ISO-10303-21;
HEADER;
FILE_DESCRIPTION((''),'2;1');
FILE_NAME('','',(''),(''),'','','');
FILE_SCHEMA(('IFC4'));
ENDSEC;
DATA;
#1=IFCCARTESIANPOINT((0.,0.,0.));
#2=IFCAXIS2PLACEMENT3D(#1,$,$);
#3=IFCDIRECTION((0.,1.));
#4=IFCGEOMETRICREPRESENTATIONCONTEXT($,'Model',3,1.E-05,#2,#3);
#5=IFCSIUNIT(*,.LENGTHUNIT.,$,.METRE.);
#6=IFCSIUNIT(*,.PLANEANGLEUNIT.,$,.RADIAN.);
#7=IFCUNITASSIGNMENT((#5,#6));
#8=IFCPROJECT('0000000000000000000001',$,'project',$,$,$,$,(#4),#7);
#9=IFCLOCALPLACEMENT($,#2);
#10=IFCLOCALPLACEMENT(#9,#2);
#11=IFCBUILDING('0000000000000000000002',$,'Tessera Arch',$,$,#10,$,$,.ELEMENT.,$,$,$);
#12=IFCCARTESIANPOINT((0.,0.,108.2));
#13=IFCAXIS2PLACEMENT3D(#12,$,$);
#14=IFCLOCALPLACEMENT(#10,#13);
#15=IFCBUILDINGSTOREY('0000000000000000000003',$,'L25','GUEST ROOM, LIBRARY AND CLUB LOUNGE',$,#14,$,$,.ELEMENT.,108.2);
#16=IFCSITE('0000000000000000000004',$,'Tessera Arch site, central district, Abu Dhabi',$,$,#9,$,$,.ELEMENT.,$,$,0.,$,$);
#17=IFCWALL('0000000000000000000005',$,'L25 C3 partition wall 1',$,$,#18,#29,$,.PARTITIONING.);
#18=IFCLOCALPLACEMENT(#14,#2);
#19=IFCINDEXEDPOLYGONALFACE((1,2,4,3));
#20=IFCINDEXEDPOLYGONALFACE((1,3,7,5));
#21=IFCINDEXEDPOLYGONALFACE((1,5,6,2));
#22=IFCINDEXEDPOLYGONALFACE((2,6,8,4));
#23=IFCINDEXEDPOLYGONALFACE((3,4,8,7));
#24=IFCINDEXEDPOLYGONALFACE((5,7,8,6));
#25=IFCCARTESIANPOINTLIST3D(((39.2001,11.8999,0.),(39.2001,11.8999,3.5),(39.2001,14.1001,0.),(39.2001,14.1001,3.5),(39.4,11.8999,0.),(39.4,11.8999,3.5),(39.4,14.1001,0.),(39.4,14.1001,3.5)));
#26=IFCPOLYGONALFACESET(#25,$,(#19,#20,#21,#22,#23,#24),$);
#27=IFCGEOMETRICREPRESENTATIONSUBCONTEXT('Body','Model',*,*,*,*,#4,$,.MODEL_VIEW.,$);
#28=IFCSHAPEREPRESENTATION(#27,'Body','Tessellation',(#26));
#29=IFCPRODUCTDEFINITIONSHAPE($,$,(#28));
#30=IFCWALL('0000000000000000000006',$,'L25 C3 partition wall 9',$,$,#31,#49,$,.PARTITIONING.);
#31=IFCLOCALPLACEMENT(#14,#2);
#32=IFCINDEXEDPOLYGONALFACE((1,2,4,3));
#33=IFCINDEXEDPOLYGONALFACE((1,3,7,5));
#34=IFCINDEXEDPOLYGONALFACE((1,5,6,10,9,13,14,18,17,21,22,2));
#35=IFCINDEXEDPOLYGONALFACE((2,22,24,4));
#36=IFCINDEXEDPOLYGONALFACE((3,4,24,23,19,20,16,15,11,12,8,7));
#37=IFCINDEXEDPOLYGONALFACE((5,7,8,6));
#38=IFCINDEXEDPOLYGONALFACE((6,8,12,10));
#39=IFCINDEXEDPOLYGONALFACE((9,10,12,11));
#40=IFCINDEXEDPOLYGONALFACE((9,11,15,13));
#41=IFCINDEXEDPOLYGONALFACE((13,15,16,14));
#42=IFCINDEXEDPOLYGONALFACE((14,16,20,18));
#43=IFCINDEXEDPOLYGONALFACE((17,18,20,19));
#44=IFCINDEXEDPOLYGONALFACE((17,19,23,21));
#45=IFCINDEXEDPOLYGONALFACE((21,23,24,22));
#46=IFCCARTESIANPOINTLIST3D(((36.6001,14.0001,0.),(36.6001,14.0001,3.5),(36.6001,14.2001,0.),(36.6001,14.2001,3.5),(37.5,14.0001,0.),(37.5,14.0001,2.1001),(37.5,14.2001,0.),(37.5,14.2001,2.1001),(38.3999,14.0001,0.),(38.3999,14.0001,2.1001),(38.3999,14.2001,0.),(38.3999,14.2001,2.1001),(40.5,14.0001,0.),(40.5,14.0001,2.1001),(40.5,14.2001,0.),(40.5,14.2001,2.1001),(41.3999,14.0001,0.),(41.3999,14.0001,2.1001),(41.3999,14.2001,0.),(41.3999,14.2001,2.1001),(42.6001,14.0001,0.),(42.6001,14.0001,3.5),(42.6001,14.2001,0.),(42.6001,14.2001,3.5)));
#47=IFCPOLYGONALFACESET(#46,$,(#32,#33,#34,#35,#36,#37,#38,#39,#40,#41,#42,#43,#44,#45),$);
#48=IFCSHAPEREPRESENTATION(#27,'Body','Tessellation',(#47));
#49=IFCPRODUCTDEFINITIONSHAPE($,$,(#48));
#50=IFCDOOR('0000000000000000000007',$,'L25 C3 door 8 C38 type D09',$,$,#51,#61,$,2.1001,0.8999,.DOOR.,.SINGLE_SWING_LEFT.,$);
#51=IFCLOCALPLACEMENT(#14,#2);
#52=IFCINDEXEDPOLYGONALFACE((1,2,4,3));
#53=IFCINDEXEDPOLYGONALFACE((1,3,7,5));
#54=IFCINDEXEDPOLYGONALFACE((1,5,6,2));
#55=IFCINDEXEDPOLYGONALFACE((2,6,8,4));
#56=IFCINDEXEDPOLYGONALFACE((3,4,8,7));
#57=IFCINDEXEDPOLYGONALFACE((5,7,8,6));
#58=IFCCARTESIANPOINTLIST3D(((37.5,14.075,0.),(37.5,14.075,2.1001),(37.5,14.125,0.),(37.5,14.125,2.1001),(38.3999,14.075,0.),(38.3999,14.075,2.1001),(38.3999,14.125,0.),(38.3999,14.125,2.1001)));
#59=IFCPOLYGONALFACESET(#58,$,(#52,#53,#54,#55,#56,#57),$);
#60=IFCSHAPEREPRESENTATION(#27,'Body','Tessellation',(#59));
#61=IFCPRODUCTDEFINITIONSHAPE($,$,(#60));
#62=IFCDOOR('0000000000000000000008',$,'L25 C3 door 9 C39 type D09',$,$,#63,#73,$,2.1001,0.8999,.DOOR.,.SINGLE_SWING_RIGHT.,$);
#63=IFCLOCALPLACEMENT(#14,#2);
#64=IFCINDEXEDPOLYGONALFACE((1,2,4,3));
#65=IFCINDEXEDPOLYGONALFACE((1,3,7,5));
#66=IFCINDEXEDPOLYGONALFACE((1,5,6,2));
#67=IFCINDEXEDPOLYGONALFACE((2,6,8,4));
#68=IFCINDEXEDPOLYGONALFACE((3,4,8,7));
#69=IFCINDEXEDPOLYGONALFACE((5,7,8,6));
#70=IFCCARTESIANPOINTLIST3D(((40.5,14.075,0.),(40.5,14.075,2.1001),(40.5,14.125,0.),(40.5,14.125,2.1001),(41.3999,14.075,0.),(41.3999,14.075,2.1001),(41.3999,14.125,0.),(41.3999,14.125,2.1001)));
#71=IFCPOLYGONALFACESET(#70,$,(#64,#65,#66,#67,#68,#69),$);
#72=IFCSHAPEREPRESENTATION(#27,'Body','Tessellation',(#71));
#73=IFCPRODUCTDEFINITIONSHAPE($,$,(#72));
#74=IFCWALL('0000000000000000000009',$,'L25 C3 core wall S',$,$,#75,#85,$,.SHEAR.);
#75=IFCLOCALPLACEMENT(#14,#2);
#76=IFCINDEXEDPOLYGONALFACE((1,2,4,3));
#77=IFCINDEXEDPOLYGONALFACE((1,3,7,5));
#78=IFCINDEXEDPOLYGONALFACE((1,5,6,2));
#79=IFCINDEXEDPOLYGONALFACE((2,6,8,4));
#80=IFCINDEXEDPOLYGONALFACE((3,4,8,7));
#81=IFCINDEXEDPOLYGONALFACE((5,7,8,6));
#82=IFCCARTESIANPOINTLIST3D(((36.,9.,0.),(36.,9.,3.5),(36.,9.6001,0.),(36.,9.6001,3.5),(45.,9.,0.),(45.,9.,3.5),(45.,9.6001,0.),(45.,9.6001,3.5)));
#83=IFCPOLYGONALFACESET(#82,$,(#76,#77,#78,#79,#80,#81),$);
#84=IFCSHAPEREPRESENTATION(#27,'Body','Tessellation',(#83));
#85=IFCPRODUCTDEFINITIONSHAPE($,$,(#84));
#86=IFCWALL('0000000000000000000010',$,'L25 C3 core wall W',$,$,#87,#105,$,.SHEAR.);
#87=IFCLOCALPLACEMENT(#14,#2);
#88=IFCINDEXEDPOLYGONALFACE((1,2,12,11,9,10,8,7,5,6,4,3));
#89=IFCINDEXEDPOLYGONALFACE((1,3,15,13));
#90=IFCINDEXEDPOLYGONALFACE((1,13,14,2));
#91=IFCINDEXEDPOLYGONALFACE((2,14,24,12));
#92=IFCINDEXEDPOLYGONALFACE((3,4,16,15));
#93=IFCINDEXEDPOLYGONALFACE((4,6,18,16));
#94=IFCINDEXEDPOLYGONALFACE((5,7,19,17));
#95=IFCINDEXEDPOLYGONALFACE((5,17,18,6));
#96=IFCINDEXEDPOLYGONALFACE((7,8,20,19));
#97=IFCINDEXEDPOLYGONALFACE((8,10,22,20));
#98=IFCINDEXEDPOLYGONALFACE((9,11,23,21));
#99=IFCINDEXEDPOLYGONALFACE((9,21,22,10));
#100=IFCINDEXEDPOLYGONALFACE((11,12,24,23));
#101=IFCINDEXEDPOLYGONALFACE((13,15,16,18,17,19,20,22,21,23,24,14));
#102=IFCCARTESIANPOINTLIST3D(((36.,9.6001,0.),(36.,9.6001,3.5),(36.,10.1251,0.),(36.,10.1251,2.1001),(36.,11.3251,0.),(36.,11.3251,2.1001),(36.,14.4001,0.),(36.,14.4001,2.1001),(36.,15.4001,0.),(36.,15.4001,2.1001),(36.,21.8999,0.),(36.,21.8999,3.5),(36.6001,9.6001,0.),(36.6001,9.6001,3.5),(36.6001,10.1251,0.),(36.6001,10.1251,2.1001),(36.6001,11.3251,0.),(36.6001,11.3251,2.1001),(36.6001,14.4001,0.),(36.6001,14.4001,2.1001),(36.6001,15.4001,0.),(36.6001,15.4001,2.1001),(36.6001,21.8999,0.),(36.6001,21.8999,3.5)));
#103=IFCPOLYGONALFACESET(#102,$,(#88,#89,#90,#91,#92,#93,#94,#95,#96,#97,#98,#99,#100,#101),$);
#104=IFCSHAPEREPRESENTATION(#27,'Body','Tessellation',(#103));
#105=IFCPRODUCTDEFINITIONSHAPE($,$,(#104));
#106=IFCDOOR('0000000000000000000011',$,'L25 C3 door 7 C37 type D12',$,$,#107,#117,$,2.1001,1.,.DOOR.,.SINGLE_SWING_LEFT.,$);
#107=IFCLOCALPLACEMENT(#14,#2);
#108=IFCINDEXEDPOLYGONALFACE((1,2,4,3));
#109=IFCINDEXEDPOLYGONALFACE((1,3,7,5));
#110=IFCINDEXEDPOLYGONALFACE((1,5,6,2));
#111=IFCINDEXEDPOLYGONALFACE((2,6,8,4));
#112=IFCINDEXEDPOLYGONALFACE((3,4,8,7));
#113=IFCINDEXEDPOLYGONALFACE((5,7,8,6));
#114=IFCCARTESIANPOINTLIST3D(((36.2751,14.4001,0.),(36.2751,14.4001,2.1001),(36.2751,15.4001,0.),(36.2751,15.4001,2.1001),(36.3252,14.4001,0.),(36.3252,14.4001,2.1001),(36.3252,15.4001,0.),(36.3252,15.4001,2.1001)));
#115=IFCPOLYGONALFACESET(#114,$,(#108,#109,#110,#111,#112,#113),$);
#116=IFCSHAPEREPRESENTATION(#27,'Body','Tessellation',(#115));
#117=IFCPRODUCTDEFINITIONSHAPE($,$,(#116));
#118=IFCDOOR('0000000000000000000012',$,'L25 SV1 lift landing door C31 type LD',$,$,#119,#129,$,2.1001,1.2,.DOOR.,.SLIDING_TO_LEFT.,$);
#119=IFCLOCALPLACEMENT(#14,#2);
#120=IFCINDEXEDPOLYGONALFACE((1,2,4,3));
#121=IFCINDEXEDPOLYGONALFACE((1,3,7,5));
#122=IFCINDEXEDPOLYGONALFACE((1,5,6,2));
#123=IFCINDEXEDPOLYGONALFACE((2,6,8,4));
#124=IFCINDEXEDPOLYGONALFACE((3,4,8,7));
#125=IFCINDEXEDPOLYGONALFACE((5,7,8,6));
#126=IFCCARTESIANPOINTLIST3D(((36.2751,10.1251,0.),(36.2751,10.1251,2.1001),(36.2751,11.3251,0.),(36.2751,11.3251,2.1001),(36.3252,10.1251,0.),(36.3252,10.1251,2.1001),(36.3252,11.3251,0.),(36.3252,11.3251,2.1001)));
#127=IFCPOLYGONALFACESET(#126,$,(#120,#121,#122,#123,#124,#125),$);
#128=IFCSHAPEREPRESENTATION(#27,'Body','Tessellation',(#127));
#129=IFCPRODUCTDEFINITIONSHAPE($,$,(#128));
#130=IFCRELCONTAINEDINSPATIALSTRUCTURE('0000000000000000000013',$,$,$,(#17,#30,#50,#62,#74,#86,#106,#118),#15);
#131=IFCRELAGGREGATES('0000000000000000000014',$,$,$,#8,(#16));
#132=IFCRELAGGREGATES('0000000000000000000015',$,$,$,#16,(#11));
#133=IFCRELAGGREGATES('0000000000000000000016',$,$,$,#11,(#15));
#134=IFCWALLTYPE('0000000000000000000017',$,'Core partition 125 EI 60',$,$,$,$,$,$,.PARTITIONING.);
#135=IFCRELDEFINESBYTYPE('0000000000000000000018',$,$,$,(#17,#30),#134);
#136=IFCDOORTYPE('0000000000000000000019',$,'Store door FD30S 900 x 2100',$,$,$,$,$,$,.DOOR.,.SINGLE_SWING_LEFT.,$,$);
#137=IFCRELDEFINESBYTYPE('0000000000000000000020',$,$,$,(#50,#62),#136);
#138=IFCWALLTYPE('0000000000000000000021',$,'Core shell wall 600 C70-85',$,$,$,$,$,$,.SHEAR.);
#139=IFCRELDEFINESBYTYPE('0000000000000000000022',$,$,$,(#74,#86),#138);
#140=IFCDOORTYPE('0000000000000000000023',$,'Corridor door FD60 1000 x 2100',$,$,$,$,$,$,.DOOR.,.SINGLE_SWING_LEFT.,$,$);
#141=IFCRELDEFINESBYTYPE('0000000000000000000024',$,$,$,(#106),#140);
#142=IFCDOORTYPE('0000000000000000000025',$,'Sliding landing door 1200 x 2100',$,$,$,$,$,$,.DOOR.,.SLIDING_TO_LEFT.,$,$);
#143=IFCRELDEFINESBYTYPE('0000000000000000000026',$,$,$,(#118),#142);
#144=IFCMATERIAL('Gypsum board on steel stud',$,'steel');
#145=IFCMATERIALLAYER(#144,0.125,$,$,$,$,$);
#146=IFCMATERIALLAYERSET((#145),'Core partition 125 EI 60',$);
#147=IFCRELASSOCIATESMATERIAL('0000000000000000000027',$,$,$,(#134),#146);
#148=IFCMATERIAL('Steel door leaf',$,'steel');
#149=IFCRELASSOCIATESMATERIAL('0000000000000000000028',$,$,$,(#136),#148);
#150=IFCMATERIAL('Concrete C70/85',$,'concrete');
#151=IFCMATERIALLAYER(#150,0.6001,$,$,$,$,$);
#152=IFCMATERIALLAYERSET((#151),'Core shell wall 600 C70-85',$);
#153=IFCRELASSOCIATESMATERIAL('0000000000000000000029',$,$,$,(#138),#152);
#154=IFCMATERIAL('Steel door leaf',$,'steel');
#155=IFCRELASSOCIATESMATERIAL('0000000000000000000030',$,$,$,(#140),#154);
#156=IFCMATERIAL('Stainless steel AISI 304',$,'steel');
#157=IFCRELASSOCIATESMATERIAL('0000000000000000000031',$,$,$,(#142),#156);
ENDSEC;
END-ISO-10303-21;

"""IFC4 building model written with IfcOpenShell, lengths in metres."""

from ifc_helpers import new_model, si_unit, direction, frame, frame_2d, origin, place, context, subcontext, project, spatial, rectangle, extrude, material, layer, layer_set, type_object, element, fill, save


model = new_model("IFC4")

# Units and contexts
model_context = context("Model", 3, precision=1e-05, world=origin(), true_north=direction((0.0, 1.0)))
body_context = subcontext(model_context, "Body", "Model", "MODEL_VIEW")
ifc_project = project(units=[si_unit("LENGTHUNIT", "METRE"), si_unit("PLANEANGLEUNIT", "RADIAN")], contexts=[model_context])

# Site, building, storey
site_placement = place(None, origin())
site = spatial("IfcSite", under=ifc_project, at=site_placement, Name="Tessera Arch site, central district, Abu Dhabi", CompositionType="ELEMENT", RefElevation=0.0)
building_placement = place(site_placement, origin())
building = spatial("IfcBuilding", under=site, at=building_placement, Name="Tessera Arch", CompositionType="ELEMENT")
storey_placement = place(building_placement, frame((0.0, 0.0, 108.2)))
storey = spatial("IfcBuildingStorey", under=building, at=storey_placement, Name="L25", Description="GUEST ROOM, LIBRARY AND CLUB LOUNGE", CompositionType="ELEMENT", Elevation=108.2)

# Wall
ifc_material_1 = material(Name="Gypsum board on steel stud", Category="steel")
ifc_layer_1 = layer(ifc_material_1, 0.125)
ifc_layer_set_1 = layer_set([ifc_layer_1], Name="Core partition 125 EI 60")
wall_type_1 = type_object("IfcWallType", Name="Core partition 125 EI 60", PredefinedType="PARTITIONING", material=ifc_layer_set_1)
wall_1_placement = place(storey_placement, frame((39.3, 11.8999, 0.0), z_axis=(0.0, 0.0, 1.0), x_axis=(0.0, 1.0, 0.0)))
element("IfcWall", 1, at=wall_1_placement, inside=storey, type_object=wall_type_1, Name="L25 C3 partition wall 1", PredefinedType="PARTITIONING", context=body_context, shape_type="SweptSolid", body=[
    extrude(rectangle(XDim=2.2002, YDim=0.2, at=frame_2d((1.1001, 0.0))), origin(), (0.0, 0.0, 1.0), 3.5),
])

# Wall, openings, doors
wall_2_placement = place(storey_placement, frame((36.6001, 14.1001, 0.0), z_axis=(0.0, 0.0, 1.0), x_axis=(1.0, 0.0, 0.0)))
wall_2 = element("IfcWall", 2, at=wall_2_placement, inside=storey, type_object=wall_type_1, Name="L25 C3 partition wall 9", PredefinedType="PARTITIONING", context=body_context, shape_type="SweptSolid", body=[
    extrude(rectangle(XDim=6.0, YDim=0.2, at=frame_2d((3.0, 0.0))), origin(), (0.0, 0.0, 1.0), 3.5),
])
opening_1_placement = place(wall_2_placement, frame((0.8999, 0.0, 0.0)))
opening_1 = element("IfcOpeningElement", 3, at=opening_1_placement, cuts=wall_2, PredefinedType="OPENING", context=body_context, shape_type="SweptSolid", body=[
    extrude(rectangle(XDim=0.8999, YDim=2.1001, at=frame_2d((0.45, 1.05))), frame((0.0, 0.1099, 0.0), z_axis=(0.0, -1.0, 0.0), x_axis=(1.0, 0.0, 0.0)), (0.0, 0.0, 1.0), 0.22),
])
opening_2_placement = place(wall_2_placement, frame((3.8999, 0.0, 0.0)))
opening_2 = element("IfcOpeningElement", 4, at=opening_2_placement, cuts=wall_2, PredefinedType="OPENING", context=body_context, shape_type="SweptSolid", body=[
    extrude(rectangle(XDim=0.8999, YDim=2.1001, at=frame_2d((0.45, 1.05))), frame((0.0, 0.1099, 0.0), z_axis=(0.0, -1.0, 0.0), x_axis=(1.0, 0.0, 0.0)), (0.0, 0.0, 1.0), 0.22),
])
ifc_material_2 = material(Name="Steel door leaf", Category="steel")
door_type_1 = type_object("IfcDoorType", Name="Store door FD30S 900 x 2100", OperationType="SINGLE_SWING_LEFT", PredefinedType="DOOR", material=ifc_material_2)
door_1_placement = place(opening_1_placement, origin())
door_1 = element("IfcDoor", 5, at=door_1_placement, inside=storey, type_object=door_type_1, Name="L25 C3 door 8 C38 type D09", OperationType="SINGLE_SWING_LEFT", OverallHeight=2.1001, OverallWidth=0.8999, PredefinedType="DOOR", context=body_context, shape_type="SweptSolid", body=[
    extrude(rectangle(XDim=0.8999, YDim=2.1001, at=frame_2d((0.45, 1.05))), frame((0.0, 0.0249, 0.0), z_axis=(0.0, -1.0, 0.0), x_axis=(1.0, 0.0, 0.0)), (0.0, 0.0, 1.0), 0.05),
])
fill(opening_1, door_1)
door_2_placement = place(opening_2_placement, origin())
door_2 = element("IfcDoor", 6, at=door_2_placement, inside=storey, type_object=door_type_1, Name="L25 C3 door 9 C39 type D09", OperationType="SINGLE_SWING_RIGHT", OverallHeight=2.1001, OverallWidth=0.8999, PredefinedType="DOOR", context=body_context, shape_type="SweptSolid", body=[
    extrude(rectangle(XDim=0.8999, YDim=2.1001, at=frame_2d((0.45, 1.05))), frame((0.0, 0.0249, 0.0), z_axis=(0.0, -1.0, 0.0), x_axis=(1.0, 0.0, 0.0)), (0.0, 0.0, 1.0), 0.05),
])
fill(opening_2, door_2)

# Wall
ifc_material_3 = material(Name="Concrete C70/85", Category="concrete")
ifc_layer_2 = layer(ifc_material_3, 0.6001)
ifc_layer_set_2 = layer_set([ifc_layer_2], Name="Core shell wall 600 C70-85")
wall_type_2 = type_object("IfcWallType", Name="Core shell wall 600 C70-85", PredefinedType="SHEAR", material=ifc_layer_set_2)
wall_3_placement = place(storey_placement, frame((36.0, 9.3, 0.0), z_axis=(0.0, 0.0, 1.0), x_axis=(1.0, 0.0, 0.0)))
element("IfcWall", 7, at=wall_3_placement, inside=storey, type_object=wall_type_2, Name="L25 C3 core wall S", PredefinedType="SHEAR", context=body_context, shape_type="SweptSolid", body=[
    extrude(rectangle(XDim=9.0, YDim=0.6001, at=frame_2d((4.5, 0.0))), origin(), (0.0, 0.0, 1.0), 3.5),
])

# Wall, openings, doors
wall_4_placement = place(storey_placement, frame((36.3, 9.6001, 0.0), z_axis=(0.0, 0.0, 1.0), x_axis=(0.0, 1.0, 0.0)))
wall_4 = element("IfcWall", 8, at=wall_4_placement, inside=storey, type_object=wall_type_2, Name="L25 C3 core wall W", PredefinedType="SHEAR", context=body_context, shape_type="SweptSolid", body=[
    extrude(rectangle(XDim=12.2998, YDim=0.6001, at=frame_2d((6.1499, 0.0))), origin(), (0.0, 0.0, 1.0), 3.5),
])
opening_3_placement = place(wall_4_placement, frame((0.5249, 0.0, 0.0)))
opening_3 = element("IfcOpeningElement", 9, at=opening_3_placement, cuts=wall_4, PredefinedType="OPENING", context=body_context, shape_type="SweptSolid", body=[
    extrude(rectangle(XDim=1.2, YDim=2.1001, at=frame_2d((0.6001, 1.05))), frame((0.0, 0.3101, 0.0), z_axis=(0.0, -1.0, 0.0), x_axis=(1.0, 0.0, 0.0)), (0.0, 0.0, 1.0), 0.6201),
])
opening_4_placement = place(wall_4_placement, frame((4.8, 0.0, 0.0)))
opening_4 = element("IfcOpeningElement", 10, at=opening_4_placement, cuts=wall_4, PredefinedType="OPENING", context=body_context, shape_type="SweptSolid", body=[
    extrude(rectangle(XDim=1.0, YDim=2.1001, at=frame_2d((0.5, 1.05))), frame((0.0, 0.3101, 0.0), z_axis=(0.0, -1.0, 0.0), x_axis=(1.0, 0.0, 0.0)), (0.0, 0.0, 1.0), 0.6201),
])
ifc_material_4 = material(Name="Steel door leaf", Category="steel")
door_type_2 = type_object("IfcDoorType", Name="Corridor door FD60 1000 x 2100", OperationType="SINGLE_SWING_LEFT", PredefinedType="DOOR", material=ifc_material_4)
door_3_placement = place(opening_4_placement, origin())
door_3 = element("IfcDoor", 11, at=door_3_placement, inside=storey, type_object=door_type_2, Name="L25 C3 door 7 C37 type D12", OperationType="SINGLE_SWING_LEFT", OverallHeight=2.1001, OverallWidth=1.0, PredefinedType="DOOR", context=body_context, shape_type="SweptSolid", body=[
    extrude(rectangle(XDim=1.0, YDim=2.1001, at=frame_2d((0.5, 1.05))), frame((0.0, 0.0249, 0.0), z_axis=(0.0, -1.0, 0.0), x_axis=(1.0, 0.0, 0.0)), (0.0, 0.0, 1.0), 0.05),
])
fill(opening_4, door_3)
ifc_material_5 = material(Name="Stainless steel AISI 304", Category="steel")
door_type_3 = type_object("IfcDoorType", Name="Sliding landing door 1200 x 2100", OperationType="SLIDING_TO_LEFT", PredefinedType="DOOR", material=ifc_material_5)
door_4_placement = place(opening_3_placement, origin())
door_4 = element("IfcDoor", 12, at=door_4_placement, inside=storey, type_object=door_type_3, Name="L25 SV1 lift landing door C31 type LD", OperationType="SLIDING_TO_LEFT", OverallHeight=2.1001, OverallWidth=1.2, PredefinedType="DOOR", context=body_context, shape_type="SweptSolid", body=[
    extrude(rectangle(XDim=1.2, YDim=2.1001, at=frame_2d((0.6001, 1.05))), frame((0.0, 0.0249, 0.0), z_axis=(0.0, -1.0, 0.0), x_axis=(1.0, 0.0, 0.0)), (0.0, 0.0, 1.0), 0.05),
])
fill(opening_3, door_4)

save(model, "model.ifc")
